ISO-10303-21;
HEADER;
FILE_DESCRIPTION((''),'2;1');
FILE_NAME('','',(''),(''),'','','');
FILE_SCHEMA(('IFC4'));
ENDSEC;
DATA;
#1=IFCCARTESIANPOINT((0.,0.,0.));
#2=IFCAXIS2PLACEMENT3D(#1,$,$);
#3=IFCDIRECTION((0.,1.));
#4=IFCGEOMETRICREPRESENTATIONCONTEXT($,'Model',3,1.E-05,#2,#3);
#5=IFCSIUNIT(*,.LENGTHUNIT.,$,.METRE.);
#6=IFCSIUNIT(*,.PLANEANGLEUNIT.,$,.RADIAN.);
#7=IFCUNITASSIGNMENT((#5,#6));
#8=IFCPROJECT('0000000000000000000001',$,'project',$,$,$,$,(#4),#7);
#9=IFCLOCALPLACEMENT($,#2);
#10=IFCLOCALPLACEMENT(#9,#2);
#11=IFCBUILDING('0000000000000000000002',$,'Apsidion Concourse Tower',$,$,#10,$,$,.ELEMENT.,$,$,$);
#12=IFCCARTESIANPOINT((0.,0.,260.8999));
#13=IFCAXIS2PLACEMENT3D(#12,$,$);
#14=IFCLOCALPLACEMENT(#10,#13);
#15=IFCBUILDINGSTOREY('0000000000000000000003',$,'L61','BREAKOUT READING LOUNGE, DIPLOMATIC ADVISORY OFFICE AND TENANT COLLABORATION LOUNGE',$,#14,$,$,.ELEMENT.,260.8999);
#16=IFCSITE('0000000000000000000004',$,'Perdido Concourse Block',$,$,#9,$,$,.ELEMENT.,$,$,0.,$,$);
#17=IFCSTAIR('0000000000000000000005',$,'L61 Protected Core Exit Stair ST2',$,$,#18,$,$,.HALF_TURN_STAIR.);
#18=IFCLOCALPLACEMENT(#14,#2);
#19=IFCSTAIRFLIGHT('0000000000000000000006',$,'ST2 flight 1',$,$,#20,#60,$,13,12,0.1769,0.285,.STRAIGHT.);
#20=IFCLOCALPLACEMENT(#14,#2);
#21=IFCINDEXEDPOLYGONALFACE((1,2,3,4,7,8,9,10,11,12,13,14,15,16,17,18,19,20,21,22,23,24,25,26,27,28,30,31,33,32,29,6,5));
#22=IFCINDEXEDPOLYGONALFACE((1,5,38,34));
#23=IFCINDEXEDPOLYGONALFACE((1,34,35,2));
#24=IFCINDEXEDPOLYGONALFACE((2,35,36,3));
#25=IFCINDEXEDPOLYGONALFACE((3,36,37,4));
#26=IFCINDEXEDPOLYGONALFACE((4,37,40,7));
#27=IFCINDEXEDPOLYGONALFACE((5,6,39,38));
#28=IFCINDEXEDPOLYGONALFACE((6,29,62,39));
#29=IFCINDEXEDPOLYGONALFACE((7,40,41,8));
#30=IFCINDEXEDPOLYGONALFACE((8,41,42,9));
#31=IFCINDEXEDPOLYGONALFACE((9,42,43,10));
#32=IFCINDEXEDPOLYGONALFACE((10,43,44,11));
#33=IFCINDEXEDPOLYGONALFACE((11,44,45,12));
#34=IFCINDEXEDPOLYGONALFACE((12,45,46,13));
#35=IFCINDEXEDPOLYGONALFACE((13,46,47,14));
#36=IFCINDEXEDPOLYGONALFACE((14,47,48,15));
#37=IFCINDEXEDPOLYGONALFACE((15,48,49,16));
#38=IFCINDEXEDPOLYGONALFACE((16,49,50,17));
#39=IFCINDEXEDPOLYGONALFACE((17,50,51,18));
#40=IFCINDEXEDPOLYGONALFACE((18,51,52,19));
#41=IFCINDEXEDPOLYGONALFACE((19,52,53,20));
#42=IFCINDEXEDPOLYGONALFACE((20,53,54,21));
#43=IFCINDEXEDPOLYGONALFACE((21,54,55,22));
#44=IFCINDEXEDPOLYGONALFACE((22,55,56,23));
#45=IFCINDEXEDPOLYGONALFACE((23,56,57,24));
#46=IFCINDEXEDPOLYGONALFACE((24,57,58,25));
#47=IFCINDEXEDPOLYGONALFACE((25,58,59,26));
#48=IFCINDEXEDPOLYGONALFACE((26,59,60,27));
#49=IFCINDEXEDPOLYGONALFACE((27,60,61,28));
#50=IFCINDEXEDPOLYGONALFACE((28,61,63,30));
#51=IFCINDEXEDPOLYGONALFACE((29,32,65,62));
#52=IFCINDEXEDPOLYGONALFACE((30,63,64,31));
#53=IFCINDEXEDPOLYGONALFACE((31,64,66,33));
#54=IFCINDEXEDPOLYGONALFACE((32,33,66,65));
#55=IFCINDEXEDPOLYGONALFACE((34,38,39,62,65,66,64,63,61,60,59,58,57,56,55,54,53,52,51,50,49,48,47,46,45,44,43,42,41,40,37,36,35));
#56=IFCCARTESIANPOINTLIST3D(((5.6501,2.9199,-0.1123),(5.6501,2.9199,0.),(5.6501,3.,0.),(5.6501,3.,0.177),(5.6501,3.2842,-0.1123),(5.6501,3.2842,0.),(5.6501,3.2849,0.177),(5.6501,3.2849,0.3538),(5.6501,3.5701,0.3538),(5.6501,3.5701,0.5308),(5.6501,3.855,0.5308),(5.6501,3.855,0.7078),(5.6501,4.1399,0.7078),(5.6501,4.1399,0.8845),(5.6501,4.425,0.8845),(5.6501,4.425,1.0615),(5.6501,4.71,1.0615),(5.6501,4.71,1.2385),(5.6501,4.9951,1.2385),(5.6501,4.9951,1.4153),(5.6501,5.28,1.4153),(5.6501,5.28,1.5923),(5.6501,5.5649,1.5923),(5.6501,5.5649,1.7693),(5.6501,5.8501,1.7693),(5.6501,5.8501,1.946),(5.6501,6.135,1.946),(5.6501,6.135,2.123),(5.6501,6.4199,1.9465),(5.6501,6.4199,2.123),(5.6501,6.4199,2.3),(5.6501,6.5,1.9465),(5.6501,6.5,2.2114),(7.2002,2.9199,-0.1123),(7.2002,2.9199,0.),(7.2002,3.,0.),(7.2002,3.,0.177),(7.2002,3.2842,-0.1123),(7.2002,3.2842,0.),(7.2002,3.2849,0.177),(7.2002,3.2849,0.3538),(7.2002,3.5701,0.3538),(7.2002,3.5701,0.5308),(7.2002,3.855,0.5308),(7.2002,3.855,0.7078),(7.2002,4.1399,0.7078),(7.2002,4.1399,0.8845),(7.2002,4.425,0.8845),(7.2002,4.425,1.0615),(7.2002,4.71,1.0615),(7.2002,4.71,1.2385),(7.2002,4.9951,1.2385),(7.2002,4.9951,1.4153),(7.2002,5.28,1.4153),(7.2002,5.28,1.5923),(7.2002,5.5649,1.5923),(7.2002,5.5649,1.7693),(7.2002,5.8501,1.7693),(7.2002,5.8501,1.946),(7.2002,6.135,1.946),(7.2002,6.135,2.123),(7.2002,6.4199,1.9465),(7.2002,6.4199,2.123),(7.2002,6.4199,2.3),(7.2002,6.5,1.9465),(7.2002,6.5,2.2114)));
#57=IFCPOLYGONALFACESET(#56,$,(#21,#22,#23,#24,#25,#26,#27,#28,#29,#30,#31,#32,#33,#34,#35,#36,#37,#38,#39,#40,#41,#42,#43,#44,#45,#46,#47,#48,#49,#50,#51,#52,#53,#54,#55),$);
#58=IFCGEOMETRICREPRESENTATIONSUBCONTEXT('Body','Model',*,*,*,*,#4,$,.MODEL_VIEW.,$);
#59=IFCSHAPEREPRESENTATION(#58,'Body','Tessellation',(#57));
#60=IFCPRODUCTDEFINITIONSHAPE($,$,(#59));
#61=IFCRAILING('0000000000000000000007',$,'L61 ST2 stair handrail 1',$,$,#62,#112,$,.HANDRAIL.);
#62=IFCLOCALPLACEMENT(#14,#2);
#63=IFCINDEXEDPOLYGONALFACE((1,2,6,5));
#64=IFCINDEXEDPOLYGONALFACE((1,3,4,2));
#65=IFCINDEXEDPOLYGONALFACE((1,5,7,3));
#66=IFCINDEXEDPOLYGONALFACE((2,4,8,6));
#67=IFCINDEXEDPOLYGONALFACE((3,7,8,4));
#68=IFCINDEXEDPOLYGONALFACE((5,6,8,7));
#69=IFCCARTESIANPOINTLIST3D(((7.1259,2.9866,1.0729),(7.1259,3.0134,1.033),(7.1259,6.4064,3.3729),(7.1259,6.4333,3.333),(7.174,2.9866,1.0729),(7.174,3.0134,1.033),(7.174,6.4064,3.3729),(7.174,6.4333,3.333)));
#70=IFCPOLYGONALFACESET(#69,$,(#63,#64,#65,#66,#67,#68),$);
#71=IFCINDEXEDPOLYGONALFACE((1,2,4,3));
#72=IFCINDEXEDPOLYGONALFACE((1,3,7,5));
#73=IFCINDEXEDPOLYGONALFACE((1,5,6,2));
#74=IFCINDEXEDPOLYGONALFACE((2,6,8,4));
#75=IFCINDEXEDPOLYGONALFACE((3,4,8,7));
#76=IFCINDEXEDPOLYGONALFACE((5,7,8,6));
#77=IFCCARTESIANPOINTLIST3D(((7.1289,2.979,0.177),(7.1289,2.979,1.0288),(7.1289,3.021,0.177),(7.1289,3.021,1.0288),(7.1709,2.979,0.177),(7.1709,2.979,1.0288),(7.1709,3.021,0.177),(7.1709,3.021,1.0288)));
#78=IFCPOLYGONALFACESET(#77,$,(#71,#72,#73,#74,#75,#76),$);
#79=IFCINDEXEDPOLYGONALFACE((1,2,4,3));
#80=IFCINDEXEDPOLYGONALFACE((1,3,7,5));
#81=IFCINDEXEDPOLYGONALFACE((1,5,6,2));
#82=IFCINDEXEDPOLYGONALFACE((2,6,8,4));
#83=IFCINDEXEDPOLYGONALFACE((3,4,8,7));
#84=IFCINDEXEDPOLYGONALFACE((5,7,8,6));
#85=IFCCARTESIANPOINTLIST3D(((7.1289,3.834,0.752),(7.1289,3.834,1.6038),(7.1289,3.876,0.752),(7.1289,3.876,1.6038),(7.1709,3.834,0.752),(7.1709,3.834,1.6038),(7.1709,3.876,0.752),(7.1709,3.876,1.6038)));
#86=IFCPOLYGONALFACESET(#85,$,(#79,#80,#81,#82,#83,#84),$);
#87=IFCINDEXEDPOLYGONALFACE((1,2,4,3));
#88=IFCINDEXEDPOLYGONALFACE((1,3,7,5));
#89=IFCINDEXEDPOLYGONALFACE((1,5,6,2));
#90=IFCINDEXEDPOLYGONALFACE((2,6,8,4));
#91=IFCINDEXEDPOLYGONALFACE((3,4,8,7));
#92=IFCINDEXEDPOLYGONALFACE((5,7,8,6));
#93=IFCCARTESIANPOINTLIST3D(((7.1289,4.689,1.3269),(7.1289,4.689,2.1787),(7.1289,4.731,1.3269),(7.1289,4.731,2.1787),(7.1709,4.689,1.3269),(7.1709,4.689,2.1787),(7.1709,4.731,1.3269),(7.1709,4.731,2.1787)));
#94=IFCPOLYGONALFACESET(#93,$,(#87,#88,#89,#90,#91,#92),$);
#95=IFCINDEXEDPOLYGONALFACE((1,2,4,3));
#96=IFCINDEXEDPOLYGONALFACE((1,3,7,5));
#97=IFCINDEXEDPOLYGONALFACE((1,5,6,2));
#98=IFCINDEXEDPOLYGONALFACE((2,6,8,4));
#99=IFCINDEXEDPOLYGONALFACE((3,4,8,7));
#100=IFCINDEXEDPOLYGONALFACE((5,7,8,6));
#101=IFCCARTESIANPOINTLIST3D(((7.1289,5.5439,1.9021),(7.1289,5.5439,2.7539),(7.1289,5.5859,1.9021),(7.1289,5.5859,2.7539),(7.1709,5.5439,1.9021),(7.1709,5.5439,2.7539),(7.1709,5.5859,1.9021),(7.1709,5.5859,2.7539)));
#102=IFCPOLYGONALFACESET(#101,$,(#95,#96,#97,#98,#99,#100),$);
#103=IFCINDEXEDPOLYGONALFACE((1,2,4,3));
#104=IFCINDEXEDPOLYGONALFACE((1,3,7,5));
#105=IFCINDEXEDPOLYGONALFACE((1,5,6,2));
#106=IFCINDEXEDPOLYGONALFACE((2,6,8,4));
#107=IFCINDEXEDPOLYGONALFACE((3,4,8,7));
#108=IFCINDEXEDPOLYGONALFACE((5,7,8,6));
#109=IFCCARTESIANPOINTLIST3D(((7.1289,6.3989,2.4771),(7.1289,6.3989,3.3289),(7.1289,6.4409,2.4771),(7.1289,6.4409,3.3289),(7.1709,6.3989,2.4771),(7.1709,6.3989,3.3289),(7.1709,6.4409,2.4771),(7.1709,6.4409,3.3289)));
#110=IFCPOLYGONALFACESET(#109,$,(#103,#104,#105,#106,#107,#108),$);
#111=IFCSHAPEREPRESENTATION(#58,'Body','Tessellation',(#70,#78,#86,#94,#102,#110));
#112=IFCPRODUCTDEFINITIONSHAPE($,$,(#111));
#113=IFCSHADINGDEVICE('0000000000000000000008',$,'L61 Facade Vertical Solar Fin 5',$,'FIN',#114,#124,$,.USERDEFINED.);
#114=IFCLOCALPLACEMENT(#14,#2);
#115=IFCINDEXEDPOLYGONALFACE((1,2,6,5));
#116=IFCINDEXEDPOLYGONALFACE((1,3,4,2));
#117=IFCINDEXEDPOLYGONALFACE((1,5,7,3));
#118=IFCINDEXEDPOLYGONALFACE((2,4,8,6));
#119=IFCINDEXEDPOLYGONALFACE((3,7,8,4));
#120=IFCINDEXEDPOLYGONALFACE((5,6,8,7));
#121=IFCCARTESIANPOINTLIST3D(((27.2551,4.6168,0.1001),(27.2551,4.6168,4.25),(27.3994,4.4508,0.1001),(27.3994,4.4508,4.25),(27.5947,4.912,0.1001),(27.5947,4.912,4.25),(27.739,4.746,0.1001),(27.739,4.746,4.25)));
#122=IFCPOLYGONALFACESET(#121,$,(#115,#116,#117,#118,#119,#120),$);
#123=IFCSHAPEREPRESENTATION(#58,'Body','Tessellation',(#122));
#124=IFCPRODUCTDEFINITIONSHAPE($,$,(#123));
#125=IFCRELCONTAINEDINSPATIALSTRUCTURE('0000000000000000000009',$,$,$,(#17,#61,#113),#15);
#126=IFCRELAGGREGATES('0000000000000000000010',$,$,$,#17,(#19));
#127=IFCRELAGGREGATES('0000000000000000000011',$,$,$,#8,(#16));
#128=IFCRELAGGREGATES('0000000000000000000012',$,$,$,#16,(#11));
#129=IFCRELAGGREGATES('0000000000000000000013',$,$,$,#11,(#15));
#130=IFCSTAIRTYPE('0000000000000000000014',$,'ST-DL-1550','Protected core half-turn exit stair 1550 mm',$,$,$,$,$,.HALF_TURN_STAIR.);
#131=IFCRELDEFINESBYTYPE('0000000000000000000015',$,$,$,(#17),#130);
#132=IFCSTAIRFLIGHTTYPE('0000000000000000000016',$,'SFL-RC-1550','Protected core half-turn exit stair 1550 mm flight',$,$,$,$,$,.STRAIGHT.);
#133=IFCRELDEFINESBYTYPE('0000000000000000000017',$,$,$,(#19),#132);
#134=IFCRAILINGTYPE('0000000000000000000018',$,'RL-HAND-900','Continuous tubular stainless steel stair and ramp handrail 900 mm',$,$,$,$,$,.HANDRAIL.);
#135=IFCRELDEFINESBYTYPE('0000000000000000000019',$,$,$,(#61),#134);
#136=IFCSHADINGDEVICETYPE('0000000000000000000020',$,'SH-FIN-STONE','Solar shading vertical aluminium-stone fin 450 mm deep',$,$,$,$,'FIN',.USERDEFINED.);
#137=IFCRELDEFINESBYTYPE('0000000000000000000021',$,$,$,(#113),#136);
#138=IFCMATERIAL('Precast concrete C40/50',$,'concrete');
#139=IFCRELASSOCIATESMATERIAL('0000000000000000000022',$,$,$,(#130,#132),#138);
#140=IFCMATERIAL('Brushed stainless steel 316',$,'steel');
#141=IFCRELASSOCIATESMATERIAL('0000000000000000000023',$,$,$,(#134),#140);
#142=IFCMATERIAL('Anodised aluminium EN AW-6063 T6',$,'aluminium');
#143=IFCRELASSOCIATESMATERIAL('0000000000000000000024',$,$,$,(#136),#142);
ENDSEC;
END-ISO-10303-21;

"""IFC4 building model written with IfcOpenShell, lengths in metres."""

from ifc_helpers import new_model, si_unit, direction, frame, origin, origin_2d, place, context, subcontext, project, spatial, polyline, rectangle, outline, extrude, material, type_object, element, aggregate, save


model = new_model("IFC4")

# Units and contexts
model_context = context("Model", 3, precision=1e-05, world=origin(), true_north=direction((0.0, 1.0)))
body_context = subcontext(model_context, "Body", "Model", "MODEL_VIEW")
ifc_project = project(units=[si_unit("LENGTHUNIT", "METRE"), si_unit("PLANEANGLEUNIT", "RADIAN")], contexts=[model_context])

# Site, building, storey
site_placement = place(None, origin())
site = spatial("IfcSite", under=ifc_project, at=site_placement, Name="Perdido Concourse Block", CompositionType="ELEMENT", RefElevation=0.0)
building_placement = place(site_placement, origin())
building = spatial("IfcBuilding", under=site, at=building_placement, Name="Apsidion Concourse Tower", CompositionType="ELEMENT")
storey_placement = place(building_placement, frame((0.0, 0.0, 260.8999)))
storey = spatial("IfcBuildingStorey", under=building, at=storey_placement, Name="L61", Description="BREAKOUT READING LOUNGE, DIPLOMATIC ADVISORY OFFICE AND TENANT COLLABORATION LOUNGE", CompositionType="ELEMENT", Elevation=260.8999)

# Shared definitions
ifc_material_1 = material(Name="Anodised aluminium EN AW-6063 T6", Category="aluminium")

# Shared definitions
ifc_material_2 = material(Name="Precast concrete C40/50", Category="concrete")

# Shared definitions
ifc_material_3 = material(Name="Brushed stainless steel 316", Category="steel")

# Stair, stair flight
stair_type = type_object("IfcStairType", Name="ST-DL-1550", Description="Protected core half-turn exit stair 1550 mm", PredefinedType="HALF_TURN_STAIR", material=ifc_material_2)
stair_placement = place(storey_placement, origin())
stair = element("IfcStair", 1, at=stair_placement, inside=storey, type_object=stair_type, Name="L61 Protected Core Exit Stair ST2", PredefinedType="HALF_TURN_STAIR")
stair_flight_type = type_object("IfcStairFlightType", Name="SFL-RC-1550", Description="Protected core half-turn exit stair 1550 mm flight", PredefinedType="STRAIGHT", material=ifc_material_2)
stair_flight_placement = place(storey_placement, frame((6.425, 3.0, 0.0), z_axis=(0.0, 0.0, 1.0), x_axis=(0.0, 1.0, 0.0)))
stair_flight = element("IfcStairFlight", 2, at=stair_flight_placement, type_object=stair_flight_type, Name="ST2 flight 1", NumberOfRisers=13, NumberOfTreads=12, PredefinedType="STRAIGHT", RiserHeight=0.1769, TreadLength=0.285, context=body_context, shape_type="SweptSolid", body=[
    extrude(outline(polyline([(-0.0801, -0.1123), (-0.0801, 0.0), (0.0, 0.0), (0.0, 0.177), (0.2849, 0.177), (0.2849, 0.3538), (0.5701, 0.3538), (0.5701, 0.5308), (0.855, 0.5308), (0.855, 0.7078), (1.1399, 0.7078), (1.1399, 0.8845), (1.425, 0.8845), (1.425, 1.0615), (1.71, 1.0615), (1.71, 1.2385), (1.9951, 1.2385), (1.9951, 1.4153), (2.28, 1.4153), (2.28, 1.5923), (2.5649, 1.5923), (2.5649, 1.7693), (2.8501, 1.7693), (2.8501, 1.946), (3.135, 1.946), (3.135, 2.123), (3.4199, 2.123), (3.4199, 2.3), (3.5, 2.2114), (3.5, 1.9465), (3.4199, 1.9465), (0.2842, 0.0), (0.2842, -0.1123), (-0.0801, -0.1123)])), frame((0.0, 0.7749, 0.0), z_axis=(0.0, -1.0, 0.0), x_axis=(1.0, 0.0, 0.0)), (0.0, 0.0, 1.0), 1.55),
])
aggregate(stair, [stair_flight])

# Railing
railing_type = type_object("IfcRailingType", Name="RL-HAND-900", Description="Continuous tubular stainless steel stair and ramp handrail 900 mm", PredefinedType="HANDRAIL", material=ifc_material_3)
railing_placement = place(storey_placement, frame((7.1499, 3.0, 0.177)))
element("IfcRailing", 3, at=railing_placement, inside=storey, type_object=railing_type, Name="L61 ST2 stair handrail 1", PredefinedType="HANDRAIL", context=body_context, shape_type="SweptSolid", body=[
    extrude(rectangle(XDim=0.0481, YDim=0.0481, at=origin_2d()), frame((0.0, 0.0, 0.876), z_axis=(0.0, 0.829792, 0.558072), x_axis=(-1.0, 0.0, 0.0)), (0.0, 0.0, 1.0), 4.1213),
    extrude(rectangle(XDim=0.042, YDim=0.042, at=origin_2d()), origin(), (0.0, 0.0, 1.0), 0.8518),
    extrude(rectangle(XDim=0.042, YDim=0.042, at=origin_2d()), frame((0.0, 0.855, 0.575)), (0.0, 0.0, 1.0), 0.8518),
    extrude(rectangle(XDim=0.042, YDim=0.042, at=origin_2d()), frame((0.0, 1.71, 1.1499)), (0.0, 0.0, 1.0), 0.8518),
    extrude(rectangle(XDim=0.042, YDim=0.042, at=origin_2d()), frame((0.0, 2.5649, 1.7251)), (0.0, 0.0, 1.0), 0.8518),
    extrude(rectangle(XDim=0.042, YDim=0.042, at=origin_2d()), frame((0.0, 3.4199, 2.3)), (0.0, 0.0, 1.0), 0.8518),
])

# Shading device
shading_device_type = type_object("IfcShadingDeviceType", Name="SH-FIN-STONE", Description="Solar shading vertical aluminium-stone fin 450 mm deep", ElementType="FIN", PredefinedType="USERDEFINED", material=ifc_material_1)
shading_device_placement = place(storey_placement, frame((27.4971, 4.6814, 0.1001), z_axis=(0.0, 0.0, 1.0), x_axis=(-0.656059, 0.75471, 0.0)))
element("IfcShadingDevice", 4, at=shading_device_placement, inside=storey, type_object=shading_device_type, Name="L61 Facade Vertical Solar Fin 5", ObjectType="FIN", PredefinedType="USERDEFINED", context=body_context, shape_type="SweptSolid", body=[
    extrude(rectangle(XDim=0.22, YDim=0.45, at=origin_2d()), origin(), (0.0, 0.0, 1.0), 4.1499),
])

save(model, "model.ifc")
